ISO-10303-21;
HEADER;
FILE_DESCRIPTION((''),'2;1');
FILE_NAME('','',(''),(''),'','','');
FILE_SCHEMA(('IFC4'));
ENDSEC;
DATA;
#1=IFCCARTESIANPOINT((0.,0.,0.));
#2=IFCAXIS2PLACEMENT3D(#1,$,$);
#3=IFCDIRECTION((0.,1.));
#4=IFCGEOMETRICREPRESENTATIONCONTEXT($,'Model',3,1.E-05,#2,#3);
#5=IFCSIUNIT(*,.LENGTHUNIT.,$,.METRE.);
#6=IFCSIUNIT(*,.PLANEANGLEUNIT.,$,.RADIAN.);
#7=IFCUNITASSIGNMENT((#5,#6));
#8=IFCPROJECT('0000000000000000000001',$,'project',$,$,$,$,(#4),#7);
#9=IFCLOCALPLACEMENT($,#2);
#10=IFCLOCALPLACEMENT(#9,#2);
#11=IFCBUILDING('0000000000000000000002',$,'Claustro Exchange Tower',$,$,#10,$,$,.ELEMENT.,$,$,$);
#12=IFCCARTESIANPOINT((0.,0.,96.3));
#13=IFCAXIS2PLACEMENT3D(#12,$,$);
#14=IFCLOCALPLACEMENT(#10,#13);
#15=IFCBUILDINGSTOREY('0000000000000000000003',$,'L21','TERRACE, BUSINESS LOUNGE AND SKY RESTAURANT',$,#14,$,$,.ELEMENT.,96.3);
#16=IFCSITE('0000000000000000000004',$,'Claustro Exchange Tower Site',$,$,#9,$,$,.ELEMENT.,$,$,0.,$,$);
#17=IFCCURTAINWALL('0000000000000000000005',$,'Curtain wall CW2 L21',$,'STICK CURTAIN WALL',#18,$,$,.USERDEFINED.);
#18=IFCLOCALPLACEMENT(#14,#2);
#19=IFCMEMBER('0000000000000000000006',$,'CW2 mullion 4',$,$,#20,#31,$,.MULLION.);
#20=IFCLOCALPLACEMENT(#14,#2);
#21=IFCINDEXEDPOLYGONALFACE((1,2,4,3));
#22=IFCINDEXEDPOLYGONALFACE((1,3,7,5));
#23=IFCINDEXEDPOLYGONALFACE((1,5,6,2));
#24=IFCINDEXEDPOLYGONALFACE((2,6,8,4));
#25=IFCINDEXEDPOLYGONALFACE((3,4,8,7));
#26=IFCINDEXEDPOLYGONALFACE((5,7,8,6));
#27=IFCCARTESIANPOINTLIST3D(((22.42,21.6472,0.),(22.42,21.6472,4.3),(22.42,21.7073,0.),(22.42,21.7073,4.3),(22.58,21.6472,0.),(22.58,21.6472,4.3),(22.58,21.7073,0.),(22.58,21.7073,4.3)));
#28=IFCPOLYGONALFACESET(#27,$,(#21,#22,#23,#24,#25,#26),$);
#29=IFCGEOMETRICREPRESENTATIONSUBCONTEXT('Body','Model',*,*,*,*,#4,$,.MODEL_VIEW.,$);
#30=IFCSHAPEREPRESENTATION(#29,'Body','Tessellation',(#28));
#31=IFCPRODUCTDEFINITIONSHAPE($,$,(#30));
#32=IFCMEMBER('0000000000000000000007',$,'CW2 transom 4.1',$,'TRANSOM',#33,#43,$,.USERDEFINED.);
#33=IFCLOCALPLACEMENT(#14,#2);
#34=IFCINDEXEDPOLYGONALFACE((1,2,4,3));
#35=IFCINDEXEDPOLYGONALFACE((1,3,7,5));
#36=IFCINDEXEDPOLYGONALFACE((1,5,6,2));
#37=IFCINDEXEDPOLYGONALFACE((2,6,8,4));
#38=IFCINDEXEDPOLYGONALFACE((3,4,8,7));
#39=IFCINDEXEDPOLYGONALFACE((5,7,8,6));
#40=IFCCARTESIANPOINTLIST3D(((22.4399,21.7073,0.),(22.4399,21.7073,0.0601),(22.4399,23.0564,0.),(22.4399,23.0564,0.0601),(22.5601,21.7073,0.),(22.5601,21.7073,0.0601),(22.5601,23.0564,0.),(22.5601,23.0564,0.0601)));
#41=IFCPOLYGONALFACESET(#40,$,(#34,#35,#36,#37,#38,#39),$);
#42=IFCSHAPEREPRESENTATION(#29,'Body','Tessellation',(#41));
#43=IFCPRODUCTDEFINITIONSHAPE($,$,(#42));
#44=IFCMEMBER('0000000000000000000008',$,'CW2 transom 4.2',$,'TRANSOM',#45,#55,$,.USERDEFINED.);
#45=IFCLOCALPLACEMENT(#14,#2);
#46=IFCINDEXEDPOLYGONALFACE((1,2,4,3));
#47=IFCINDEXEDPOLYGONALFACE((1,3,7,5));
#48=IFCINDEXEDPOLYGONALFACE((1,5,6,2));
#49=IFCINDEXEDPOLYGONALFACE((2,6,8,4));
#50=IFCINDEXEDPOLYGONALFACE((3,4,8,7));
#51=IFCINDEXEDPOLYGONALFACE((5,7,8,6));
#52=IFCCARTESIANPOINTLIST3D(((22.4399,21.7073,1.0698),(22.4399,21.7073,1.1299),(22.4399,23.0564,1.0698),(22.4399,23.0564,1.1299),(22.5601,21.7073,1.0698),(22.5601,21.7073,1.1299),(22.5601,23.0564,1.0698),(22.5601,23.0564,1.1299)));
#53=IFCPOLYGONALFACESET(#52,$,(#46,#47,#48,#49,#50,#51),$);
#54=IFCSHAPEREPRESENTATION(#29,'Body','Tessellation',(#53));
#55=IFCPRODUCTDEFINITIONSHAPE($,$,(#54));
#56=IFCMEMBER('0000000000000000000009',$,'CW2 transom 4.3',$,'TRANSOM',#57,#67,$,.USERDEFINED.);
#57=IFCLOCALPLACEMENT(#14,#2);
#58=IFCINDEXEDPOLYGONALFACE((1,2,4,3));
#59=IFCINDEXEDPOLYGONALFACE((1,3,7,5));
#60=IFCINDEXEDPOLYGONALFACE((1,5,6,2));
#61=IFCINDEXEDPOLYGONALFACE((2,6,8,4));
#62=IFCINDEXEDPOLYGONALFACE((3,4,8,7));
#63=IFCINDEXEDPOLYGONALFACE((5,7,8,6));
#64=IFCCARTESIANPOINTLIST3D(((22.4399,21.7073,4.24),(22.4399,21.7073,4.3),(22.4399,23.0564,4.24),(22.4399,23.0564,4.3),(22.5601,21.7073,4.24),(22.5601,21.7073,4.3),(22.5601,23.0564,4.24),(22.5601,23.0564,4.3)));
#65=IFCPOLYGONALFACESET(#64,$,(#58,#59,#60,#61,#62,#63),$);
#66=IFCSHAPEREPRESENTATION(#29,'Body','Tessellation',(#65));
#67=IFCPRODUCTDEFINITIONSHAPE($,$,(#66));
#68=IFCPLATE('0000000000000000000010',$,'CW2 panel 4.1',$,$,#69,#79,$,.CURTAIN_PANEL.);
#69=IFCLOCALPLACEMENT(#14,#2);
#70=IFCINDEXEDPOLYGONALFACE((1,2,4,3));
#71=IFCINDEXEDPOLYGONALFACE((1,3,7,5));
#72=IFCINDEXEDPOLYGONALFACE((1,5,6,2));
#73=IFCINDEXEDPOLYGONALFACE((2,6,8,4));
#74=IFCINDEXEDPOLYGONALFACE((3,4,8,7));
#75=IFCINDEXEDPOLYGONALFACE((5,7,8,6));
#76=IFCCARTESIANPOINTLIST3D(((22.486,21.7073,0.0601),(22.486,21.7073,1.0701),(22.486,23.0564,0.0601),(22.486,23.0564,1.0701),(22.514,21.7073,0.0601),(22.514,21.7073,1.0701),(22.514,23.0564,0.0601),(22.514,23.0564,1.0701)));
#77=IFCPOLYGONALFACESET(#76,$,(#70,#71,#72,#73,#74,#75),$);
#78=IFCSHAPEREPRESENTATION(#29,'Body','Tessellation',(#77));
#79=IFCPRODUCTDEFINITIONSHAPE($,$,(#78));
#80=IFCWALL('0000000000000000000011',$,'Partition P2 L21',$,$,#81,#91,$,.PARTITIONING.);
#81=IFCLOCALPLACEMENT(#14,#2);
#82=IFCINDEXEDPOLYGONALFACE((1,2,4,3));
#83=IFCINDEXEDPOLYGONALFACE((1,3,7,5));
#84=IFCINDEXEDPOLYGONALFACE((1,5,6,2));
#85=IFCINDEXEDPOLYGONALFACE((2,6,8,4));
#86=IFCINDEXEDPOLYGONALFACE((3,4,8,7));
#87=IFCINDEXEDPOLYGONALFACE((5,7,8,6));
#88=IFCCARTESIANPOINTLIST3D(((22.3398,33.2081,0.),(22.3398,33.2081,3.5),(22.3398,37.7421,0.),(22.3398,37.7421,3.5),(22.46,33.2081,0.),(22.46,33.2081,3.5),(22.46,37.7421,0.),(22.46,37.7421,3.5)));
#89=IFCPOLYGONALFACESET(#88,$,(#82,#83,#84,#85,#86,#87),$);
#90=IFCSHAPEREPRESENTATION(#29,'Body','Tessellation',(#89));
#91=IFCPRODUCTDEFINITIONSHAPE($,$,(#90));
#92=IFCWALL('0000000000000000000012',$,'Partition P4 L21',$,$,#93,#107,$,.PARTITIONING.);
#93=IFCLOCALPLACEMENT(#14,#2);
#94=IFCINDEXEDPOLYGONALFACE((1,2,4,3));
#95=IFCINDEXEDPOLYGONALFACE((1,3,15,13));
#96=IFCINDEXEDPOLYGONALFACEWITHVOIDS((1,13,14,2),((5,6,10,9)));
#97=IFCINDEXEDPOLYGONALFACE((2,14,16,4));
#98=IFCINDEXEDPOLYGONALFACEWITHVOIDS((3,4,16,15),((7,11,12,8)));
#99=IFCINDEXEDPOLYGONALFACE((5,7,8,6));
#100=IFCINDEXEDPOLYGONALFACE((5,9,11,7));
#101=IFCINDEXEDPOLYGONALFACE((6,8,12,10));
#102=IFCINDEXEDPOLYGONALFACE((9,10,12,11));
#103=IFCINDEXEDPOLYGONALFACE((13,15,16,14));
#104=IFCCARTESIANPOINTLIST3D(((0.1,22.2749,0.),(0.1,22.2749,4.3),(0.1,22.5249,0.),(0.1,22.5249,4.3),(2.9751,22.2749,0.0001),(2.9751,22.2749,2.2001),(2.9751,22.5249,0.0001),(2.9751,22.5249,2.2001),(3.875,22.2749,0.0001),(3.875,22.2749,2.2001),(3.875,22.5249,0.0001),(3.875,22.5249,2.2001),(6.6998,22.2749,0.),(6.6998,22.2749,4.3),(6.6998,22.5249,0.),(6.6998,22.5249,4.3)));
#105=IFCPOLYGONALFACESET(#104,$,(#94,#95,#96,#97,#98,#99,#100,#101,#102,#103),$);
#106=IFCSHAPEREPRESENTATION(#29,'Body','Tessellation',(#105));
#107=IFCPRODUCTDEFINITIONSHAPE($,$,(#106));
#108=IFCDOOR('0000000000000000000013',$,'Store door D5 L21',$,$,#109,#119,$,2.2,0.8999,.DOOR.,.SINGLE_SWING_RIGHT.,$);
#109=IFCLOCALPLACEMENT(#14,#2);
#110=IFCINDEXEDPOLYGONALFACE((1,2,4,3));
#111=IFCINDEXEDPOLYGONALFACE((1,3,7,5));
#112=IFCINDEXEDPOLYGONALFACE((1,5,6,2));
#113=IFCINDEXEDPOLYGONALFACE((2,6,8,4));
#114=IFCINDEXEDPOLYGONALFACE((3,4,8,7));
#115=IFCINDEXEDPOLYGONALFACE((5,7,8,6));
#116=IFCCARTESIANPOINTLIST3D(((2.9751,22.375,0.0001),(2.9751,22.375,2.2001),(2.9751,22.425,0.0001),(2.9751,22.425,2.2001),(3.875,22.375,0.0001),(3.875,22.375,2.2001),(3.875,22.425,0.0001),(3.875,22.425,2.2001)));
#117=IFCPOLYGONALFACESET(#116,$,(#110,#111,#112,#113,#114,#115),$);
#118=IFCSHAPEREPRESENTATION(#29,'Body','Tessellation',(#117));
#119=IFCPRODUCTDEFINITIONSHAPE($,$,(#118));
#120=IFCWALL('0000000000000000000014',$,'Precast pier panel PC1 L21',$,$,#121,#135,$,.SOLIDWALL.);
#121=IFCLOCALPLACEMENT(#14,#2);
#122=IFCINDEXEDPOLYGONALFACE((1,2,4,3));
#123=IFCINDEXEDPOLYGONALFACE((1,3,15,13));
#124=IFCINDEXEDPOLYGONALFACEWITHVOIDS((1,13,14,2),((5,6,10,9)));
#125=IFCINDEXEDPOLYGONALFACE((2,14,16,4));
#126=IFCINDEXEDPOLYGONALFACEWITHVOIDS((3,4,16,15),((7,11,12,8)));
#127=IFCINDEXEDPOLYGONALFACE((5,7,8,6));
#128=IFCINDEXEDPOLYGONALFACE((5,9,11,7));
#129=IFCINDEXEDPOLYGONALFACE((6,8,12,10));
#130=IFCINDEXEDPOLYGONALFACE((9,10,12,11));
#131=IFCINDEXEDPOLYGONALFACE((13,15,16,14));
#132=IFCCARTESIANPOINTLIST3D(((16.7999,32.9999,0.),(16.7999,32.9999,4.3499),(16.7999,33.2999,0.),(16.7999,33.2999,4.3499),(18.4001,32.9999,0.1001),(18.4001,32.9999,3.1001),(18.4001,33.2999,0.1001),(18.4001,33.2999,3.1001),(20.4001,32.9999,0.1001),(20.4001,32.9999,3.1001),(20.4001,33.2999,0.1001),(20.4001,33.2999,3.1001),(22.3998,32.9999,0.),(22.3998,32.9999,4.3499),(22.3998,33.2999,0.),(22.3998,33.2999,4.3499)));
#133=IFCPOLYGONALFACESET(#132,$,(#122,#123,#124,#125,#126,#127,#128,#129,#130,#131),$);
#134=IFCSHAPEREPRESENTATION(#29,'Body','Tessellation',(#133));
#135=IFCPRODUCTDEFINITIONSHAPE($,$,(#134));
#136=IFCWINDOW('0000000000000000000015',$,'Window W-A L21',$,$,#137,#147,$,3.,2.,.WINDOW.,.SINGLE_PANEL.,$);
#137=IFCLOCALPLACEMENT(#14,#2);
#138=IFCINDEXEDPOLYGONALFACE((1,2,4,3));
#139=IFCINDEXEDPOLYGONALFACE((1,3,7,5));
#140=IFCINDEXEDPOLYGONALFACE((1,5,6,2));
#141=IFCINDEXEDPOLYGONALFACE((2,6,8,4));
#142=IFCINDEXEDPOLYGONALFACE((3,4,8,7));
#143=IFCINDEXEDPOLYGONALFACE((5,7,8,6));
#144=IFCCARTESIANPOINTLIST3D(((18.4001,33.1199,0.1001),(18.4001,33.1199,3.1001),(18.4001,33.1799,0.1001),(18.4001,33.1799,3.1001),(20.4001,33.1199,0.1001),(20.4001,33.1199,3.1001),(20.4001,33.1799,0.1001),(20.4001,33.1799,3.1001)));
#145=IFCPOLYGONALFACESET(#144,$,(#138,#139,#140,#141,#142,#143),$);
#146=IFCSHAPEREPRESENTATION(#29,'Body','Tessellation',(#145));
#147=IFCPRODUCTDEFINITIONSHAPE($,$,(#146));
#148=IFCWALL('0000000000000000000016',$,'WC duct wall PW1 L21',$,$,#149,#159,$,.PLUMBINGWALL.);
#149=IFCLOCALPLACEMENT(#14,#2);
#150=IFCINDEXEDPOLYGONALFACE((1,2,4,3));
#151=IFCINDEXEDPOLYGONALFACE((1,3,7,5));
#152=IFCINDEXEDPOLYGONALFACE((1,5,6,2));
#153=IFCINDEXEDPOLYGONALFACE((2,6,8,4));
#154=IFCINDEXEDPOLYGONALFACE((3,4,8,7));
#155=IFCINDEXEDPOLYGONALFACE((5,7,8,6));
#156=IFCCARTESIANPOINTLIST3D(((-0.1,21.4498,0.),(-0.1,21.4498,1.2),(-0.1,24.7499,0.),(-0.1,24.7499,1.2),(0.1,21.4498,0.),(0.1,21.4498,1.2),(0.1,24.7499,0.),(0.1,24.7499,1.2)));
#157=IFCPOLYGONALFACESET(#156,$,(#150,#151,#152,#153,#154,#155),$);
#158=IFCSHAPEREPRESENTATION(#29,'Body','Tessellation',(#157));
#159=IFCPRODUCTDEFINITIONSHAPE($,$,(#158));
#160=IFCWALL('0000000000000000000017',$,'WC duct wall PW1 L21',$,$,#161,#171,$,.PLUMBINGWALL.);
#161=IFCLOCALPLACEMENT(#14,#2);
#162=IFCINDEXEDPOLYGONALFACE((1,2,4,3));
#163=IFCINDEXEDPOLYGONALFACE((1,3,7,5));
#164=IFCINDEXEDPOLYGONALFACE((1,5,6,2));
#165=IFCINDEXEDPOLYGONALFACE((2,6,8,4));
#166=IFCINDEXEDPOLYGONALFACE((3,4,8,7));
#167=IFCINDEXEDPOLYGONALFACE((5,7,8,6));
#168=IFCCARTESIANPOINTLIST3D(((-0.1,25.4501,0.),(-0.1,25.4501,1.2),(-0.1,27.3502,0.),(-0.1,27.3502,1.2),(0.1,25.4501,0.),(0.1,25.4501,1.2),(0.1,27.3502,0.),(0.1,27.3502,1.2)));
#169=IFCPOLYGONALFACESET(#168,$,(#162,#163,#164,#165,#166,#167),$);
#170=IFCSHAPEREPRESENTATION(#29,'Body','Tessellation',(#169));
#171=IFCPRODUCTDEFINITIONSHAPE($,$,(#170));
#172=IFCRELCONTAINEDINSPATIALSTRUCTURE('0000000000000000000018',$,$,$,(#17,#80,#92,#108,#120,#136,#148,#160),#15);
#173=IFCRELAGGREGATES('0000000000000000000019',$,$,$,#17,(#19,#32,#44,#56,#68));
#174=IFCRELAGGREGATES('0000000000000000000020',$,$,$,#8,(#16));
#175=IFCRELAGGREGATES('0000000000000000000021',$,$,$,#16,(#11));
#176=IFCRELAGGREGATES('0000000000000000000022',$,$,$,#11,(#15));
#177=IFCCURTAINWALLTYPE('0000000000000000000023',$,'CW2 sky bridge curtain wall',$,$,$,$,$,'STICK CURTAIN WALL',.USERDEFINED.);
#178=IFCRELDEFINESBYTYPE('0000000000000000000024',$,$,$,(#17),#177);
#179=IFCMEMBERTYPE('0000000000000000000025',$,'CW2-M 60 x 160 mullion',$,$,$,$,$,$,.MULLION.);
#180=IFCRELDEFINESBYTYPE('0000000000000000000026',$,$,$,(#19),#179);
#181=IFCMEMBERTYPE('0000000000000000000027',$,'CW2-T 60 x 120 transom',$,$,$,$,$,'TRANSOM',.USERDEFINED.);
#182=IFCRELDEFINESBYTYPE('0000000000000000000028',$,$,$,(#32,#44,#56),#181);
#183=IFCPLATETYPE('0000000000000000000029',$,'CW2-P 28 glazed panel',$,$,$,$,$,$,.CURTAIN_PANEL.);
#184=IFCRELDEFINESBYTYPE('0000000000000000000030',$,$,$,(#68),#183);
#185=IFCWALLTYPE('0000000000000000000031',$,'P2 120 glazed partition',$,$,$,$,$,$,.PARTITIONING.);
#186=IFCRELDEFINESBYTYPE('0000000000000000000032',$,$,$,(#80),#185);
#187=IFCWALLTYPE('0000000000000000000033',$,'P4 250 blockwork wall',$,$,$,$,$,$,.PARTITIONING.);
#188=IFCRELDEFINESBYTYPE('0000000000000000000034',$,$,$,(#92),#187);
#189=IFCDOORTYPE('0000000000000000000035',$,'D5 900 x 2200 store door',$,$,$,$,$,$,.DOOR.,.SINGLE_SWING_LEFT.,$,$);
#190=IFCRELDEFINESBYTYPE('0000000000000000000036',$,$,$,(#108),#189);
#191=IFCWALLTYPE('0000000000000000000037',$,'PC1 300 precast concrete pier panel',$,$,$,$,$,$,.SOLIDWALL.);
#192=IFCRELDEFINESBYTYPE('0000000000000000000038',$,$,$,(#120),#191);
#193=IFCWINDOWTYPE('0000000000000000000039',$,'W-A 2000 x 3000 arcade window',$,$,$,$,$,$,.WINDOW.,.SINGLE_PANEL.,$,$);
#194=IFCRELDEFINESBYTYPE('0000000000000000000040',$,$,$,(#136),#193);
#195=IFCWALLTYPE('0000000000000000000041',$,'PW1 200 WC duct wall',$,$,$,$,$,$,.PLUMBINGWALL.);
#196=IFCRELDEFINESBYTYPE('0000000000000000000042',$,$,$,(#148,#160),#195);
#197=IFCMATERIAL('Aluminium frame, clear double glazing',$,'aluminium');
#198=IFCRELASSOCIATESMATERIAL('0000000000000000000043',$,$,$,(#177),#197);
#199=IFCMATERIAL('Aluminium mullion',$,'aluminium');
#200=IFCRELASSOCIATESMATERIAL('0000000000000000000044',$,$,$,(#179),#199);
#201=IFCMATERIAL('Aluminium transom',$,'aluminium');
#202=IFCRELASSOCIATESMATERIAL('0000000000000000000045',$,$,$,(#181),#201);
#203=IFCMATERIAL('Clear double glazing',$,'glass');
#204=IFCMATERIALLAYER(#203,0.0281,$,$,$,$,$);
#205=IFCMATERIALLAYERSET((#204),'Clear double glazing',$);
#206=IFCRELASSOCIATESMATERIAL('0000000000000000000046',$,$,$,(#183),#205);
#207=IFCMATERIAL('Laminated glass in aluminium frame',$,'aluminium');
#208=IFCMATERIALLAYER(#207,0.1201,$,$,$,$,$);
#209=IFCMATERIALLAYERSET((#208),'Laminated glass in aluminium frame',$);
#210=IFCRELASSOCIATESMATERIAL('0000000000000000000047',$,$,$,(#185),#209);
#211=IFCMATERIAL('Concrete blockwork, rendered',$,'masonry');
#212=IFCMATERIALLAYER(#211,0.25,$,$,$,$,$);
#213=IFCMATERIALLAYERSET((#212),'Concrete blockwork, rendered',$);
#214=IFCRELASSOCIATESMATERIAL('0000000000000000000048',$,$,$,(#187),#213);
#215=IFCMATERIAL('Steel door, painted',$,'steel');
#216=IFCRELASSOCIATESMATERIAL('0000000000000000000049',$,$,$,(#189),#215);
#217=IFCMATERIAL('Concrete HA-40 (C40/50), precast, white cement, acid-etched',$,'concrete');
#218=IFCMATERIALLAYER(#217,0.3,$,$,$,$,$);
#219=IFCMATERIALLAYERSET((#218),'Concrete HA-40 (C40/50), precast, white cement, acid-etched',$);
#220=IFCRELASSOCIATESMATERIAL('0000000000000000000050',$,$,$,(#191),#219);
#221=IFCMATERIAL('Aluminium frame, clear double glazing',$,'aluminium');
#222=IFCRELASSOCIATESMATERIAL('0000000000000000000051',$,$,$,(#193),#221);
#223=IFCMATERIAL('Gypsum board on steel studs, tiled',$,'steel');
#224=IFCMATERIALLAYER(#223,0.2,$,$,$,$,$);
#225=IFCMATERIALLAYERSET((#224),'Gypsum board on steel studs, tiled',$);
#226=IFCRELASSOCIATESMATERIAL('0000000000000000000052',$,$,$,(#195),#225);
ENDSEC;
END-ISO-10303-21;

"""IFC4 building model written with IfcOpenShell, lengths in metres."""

from ifc_helpers import new_model, si_unit, direction, frame, frame_2d, origin, origin_2d, place, context, subcontext, project, spatial, rectangle, extrude, material, layer, layer_set, material_profile, profile_set, type_object, element, fill, aggregate, save


model = new_model("IFC4")

# Units and contexts
model_context = context("Model", 3, precision=1e-05, world=origin(), true_north=direction((0.0, 1.0)))
body_context = subcontext(model_context, "Body", "Model", "MODEL_VIEW")
ifc_project = project(units=[si_unit("LENGTHUNIT", "METRE"), si_unit("PLANEANGLEUNIT", "RADIAN")], contexts=[model_context])

# Site, building, storey
site_placement = place(None, origin())
site = spatial("IfcSite", under=ifc_project, at=site_placement, Name="Claustro Exchange Tower Site", CompositionType="ELEMENT", RefElevation=0.0)
building_placement = place(site_placement, origin())
building = spatial("IfcBuilding", under=site, at=building_placement, Name="Claustro Exchange Tower", CompositionType="ELEMENT")
storey_placement = place(building_placement, frame((0.0, 0.0, 96.3)))
storey = spatial("IfcBuildingStorey", under=building, at=storey_placement, Name="L21", Description="TERRACE, BUSINESS LOUNGE AND SKY RESTAURANT", CompositionType="ELEMENT", Elevation=96.3)

# Curtain wall, members, plate
ifc_material_1 = material(Name="Aluminium frame, clear double glazing", Category="aluminium")
curtain_wall_type = type_object("IfcCurtainWallType", Name="CW2 sky bridge curtain wall", ElementType="STICK CURTAIN WALL", PredefinedType="USERDEFINED", material=ifc_material_1)
curtain_wall_placement = place(storey_placement, origin())
curtain_wall = element("IfcCurtainWall", 1, at=curtain_wall_placement, inside=storey, type_object=curtain_wall_type, Name="Curtain wall CW2 L21", ObjectType="STICK CURTAIN WALL", PredefinedType="USERDEFINED")
ifc_material_2 = material(Name="Aluminium mullion", Category="aluminium")
ifc_material_profile_1 = material_profile(ifc_material_2, rectangle(XDim=0.1599, YDim=0.0601, at=origin_2d()), Name="CW2-M 60x160")
ifc_profile_set_1 = profile_set([ifc_material_profile_1], Name="Aluminium mullion")
member_type_1 = type_object("IfcMemberType", Name="CW2-M 60 x 160 mullion", PredefinedType="MULLION", material=ifc_profile_set_1)
member_1_placement = place(storey_placement, frame((22.5, 21.6772, 0.0), z_axis=(0.0, 0.0, 1.0), x_axis=(-1.0, 0.0, 0.0)))
member_1 = element("IfcMember", 2, at=member_1_placement, type_object=member_type_1, Name="CW2 mullion 4", PredefinedType="MULLION", context=body_context, shape_type="SweptSolid", body=[
    extrude(rectangle(XDim=0.1599, YDim=0.0601, at=origin_2d()), origin(), (0.0, 0.0, 1.0), 4.3),
])
ifc_material_3 = material(Name="Aluminium transom", Category="aluminium")
ifc_material_profile_2 = material_profile(ifc_material_3, rectangle(XDim=0.1201, YDim=0.0601, at=origin_2d()), Name="CW2-T 60x120")
ifc_profile_set_2 = profile_set([ifc_material_profile_2], Name="Aluminium transom")
member_type_2 = type_object("IfcMemberType", Name="CW2-T 60 x 120 transom", ElementType="TRANSOM", PredefinedType="USERDEFINED", material=ifc_profile_set_2)
member_2_placement = place(storey_placement, frame((22.5, 21.7073, 0.03), z_axis=(0.0, 1.0, 0.0), x_axis=(-1.0, 0.0, 0.0)))
member_2 = element("IfcMember", 3, at=member_2_placement, type_object=member_type_2, Name="CW2 transom 4.1", ObjectType="TRANSOM", PredefinedType="USERDEFINED", context=body_context, shape_type="SweptSolid", body=[
    extrude(rectangle(XDim=0.1201, YDim=0.0601, at=origin_2d()), origin(), (0.0, 0.0, 1.0), 1.3491),
])
member_3_placement = place(storey_placement, frame((22.5, 21.7073, 1.0999), z_axis=(0.0, 1.0, 0.0), x_axis=(-1.0, 0.0, 0.0)))
member_3 = element("IfcMember", 4, at=member_3_placement, type_object=member_type_2, Name="CW2 transom 4.2", ObjectType="TRANSOM", PredefinedType="USERDEFINED", context=body_context, shape_type="SweptSolid", body=[
    extrude(rectangle(XDim=0.1201, YDim=0.0601, at=origin_2d()), origin(), (0.0, 0.0, 1.0), 1.3491),
])
member_4_placement = place(storey_placement, frame((22.5, 21.7073, 4.27), z_axis=(0.0, 1.0, 0.0), x_axis=(-1.0, 0.0, 0.0)))
member_4 = element("IfcMember", 5, at=member_4_placement, type_object=member_type_2, Name="CW2 transom 4.3", ObjectType="TRANSOM", PredefinedType="USERDEFINED", context=body_context, shape_type="SweptSolid", body=[
    extrude(rectangle(XDim=0.1201, YDim=0.0601, at=origin_2d()), origin(), (0.0, 0.0, 1.0), 1.3491),
])
ifc_material_4 = material(Name="Clear double glazing", Category="glass")
ifc_layer_1 = layer(ifc_material_4, 0.0281)
ifc_layer_set_1 = layer_set([ifc_layer_1], Name="Clear double glazing")
plate_type = type_object("IfcPlateType", Name="CW2-P 28 glazed panel", PredefinedType="CURTAIN_PANEL", material=ifc_layer_set_1)
plate_placement = place(storey_placement, frame((22.5, 22.3818, 0.0601), z_axis=(0.0, 0.0, 1.0), x_axis=(0.0, 1.0, 0.0)))
plate = element("IfcPlate", 6, at=plate_placement, type_object=plate_type, Name="CW2 panel 4.1", PredefinedType="CURTAIN_PANEL", context=body_context, shape_type="SweptSolid", body=[
    extrude(rectangle(XDim=1.3491, YDim=0.0281, at=origin_2d()), origin(), (0.0, 0.0, 1.0), 1.01),
])
aggregate(curtain_wall, [member_1, member_2, member_3, member_4, plate])

# Wall
ifc_material_5 = material(Name="Laminated glass in aluminium frame", Category="aluminium")
ifc_layer_2 = layer(ifc_material_5, 0.1201)
ifc_layer_set_2 = layer_set([ifc_layer_2], Name="Laminated glass in aluminium frame")
wall_type_1 = type_object("IfcWallType", Name="P2 120 glazed partition", PredefinedType="PARTITIONING", material=ifc_layer_set_2)
wall_1_placement = place(storey_placement, frame((22.3999, 33.208, 0.0), z_axis=(0.0, 0.0, 1.0), x_axis=(0.0, 1.0, 0.0)))
element("IfcWall", 7, at=wall_1_placement, inside=storey, type_object=wall_type_1, Name="Partition P2 L21", PredefinedType="PARTITIONING", context=body_context, shape_type="SweptSolid", body=[
    extrude(rectangle(XDim=4.5339, YDim=0.1201, at=frame_2d((2.2671, 0.0))), origin(), (0.0, 0.0, 1.0), 3.5),
])

# Wall, opening, door
ifc_material_6 = material(Name="Concrete blockwork, rendered", Category="masonry")
ifc_layer_3 = layer(ifc_material_6, 0.25)
ifc_layer_set_3 = layer_set([ifc_layer_3], Name="Concrete blockwork, rendered")
wall_type_2 = type_object("IfcWallType", Name="P4 250 blockwork wall", PredefinedType="PARTITIONING", material=ifc_layer_set_3)
wall_2_placement = place(storey_placement, frame((0.1001, 22.3999, 0.0), z_axis=(0.0, 0.0, 1.0), x_axis=(1.0, 0.0, 0.0)))
wall_2 = element("IfcWall", 8, at=wall_2_placement, inside=storey, type_object=wall_type_2, Name="Partition P4 L21", PredefinedType="PARTITIONING", context=body_context, shape_type="SweptSolid", body=[
    extrude(rectangle(XDim=6.5999, YDim=0.25, at=frame_2d((3.2998, 0.0))), origin(), (0.0, 0.0, 1.0), 4.3),
])
opening_1_placement = place(wall_2_placement, frame((2.875, 0.0, 0.0)))
opening_1 = element("IfcOpeningElement", 9, at=opening_1_placement, cuts=wall_2, PredefinedType="OPENING", context=body_context, shape_type="SweptSolid", body=[
    extrude(rectangle(XDim=0.8999, YDim=2.2, at=frame_2d((0.45, 1.1001))), frame((0.0, 0.135, 0.0), z_axis=(0.0, -1.0, 0.0), x_axis=(1.0, 0.0, 0.0)), (0.0, 0.0, 1.0), 0.27),
])
ifc_material_7 = material(Name="Steel door, painted", Category="steel")
door_type_1 = type_object("IfcDoorType", Name="D5 900 x 2200 store door", OperationType="SINGLE_SWING_LEFT", PredefinedType="DOOR", material=ifc_material_7)
door_1_placement = place(opening_1_placement, frame((0.8999, 0.0, 0.0), z_axis=(0.0, 0.0, 1.0), x_axis=(-1.0, 0.0, 0.0)))
door_1 = element("IfcDoor", 10, at=door_1_placement, inside=storey, type_object=door_type_1, Name="Store door D5 L21", OperationType="SINGLE_SWING_RIGHT", OverallHeight=2.2, OverallWidth=0.8999, PredefinedType="DOOR", context=body_context, shape_type="SweptSolid", body=[
    extrude(rectangle(XDim=0.8999, YDim=2.2, at=frame_2d((0.45, 1.1001))), frame((0.0, 0.0249, 0.0), z_axis=(0.0, -1.0, 0.0), x_axis=(1.0, 0.0, 0.0)), (0.0, 0.0, 1.0), 0.05),
])
fill(opening_1, door_1)

# Wall, opening, window
ifc_material_8 = material(Name="Concrete HA-40 (C40/50), precast, white cement, acid-etched", Category="concrete")
ifc_layer_4 = layer(ifc_material_8, 0.3)
ifc_layer_set_4 = layer_set([ifc_layer_4], Name="Concrete HA-40 (C40/50), precast, white cement, acid-etched")
wall_type_3 = type_object("IfcWallType", Name="PC1 300 precast concrete pier panel", PredefinedType="SOLIDWALL", material=ifc_layer_set_4)
wall_3_placement = place(storey_placement, frame((16.8, 33.1499, 0.0), z_axis=(0.0, 0.0, 1.0), x_axis=(1.0, 0.0, 0.0)))
wall_3 = element("IfcWall", 11, at=wall_3_placement, inside=storey, type_object=wall_type_3, Name="Precast pier panel PC1 L21", PredefinedType="SOLIDWALL", context=body_context, shape_type="SweptSolid", body=[
    extrude(rectangle(XDim=5.5999, YDim=0.3, at=frame_2d((2.7998, 0.0))), origin(), (0.0, 0.0, 1.0), 4.3499),
])
opening_2_placement = place(wall_3_placement, frame((1.6001, 0.0, 0.1001)))
opening_2 = element("IfcOpeningElement", 12, at=opening_2_placement, cuts=wall_3, PredefinedType="OPENING", context=body_context, shape_type="SweptSolid", body=[
    extrude(rectangle(XDim=2.0, YDim=3.0, at=frame_2d((1.0, 1.5))), frame((0.0, 0.1599, 0.0), z_axis=(0.0, -1.0, 0.0), x_axis=(1.0, 0.0, 0.0)), (0.0, 0.0, 1.0), 0.3201),
])
ifc_material_9 = material(Name="Aluminium frame, clear double glazing", Category="aluminium")
window_type = type_object("IfcWindowType", Name="W-A 2000 x 3000 arcade window", PartitioningType="SINGLE_PANEL", PredefinedType="WINDOW", material=ifc_material_9)
window_placement = place(opening_2_placement, origin())
window = element("IfcWindow", 13, at=window_placement, inside=storey, type_object=window_type, Name="Window W-A L21", OverallHeight=3.0, OverallWidth=2.0, PartitioningType="SINGLE_PANEL", PredefinedType="WINDOW", context=body_context, shape_type="SweptSolid", body=[
    extrude(rectangle(XDim=2.0, YDim=3.0, at=frame_2d((1.0, 1.5))), frame((0.0, 0.03, 0.0), z_axis=(0.0, -1.0, 0.0), x_axis=(1.0, 0.0, 0.0)), (0.0, 0.0, 1.0), 0.0601),
])
fill(opening_2, window)

# Walls
ifc_material_10 = material(Name="Gypsum board on steel studs, tiled", Category="steel")
ifc_layer_5 = layer(ifc_material_10, 0.2)
ifc_layer_set_5 = layer_set([ifc_layer_5], Name="Gypsum board on steel studs, tiled")
wall_type_4 = type_object("IfcWallType", Name="PW1 200 WC duct wall", PredefinedType="PLUMBINGWALL", material=ifc_layer_set_5)
wall_4_placement = place(storey_placement, frame((0.0, 21.45, 0.0), z_axis=(0.0, 0.0, 1.0), x_axis=(0.0, 1.0, 0.0)))
element("IfcWall", 14, at=wall_4_placement, inside=storey, type_object=wall_type_4, Name="WC duct wall PW1 L21", PredefinedType="PLUMBINGWALL", context=body_context, shape_type="SweptSolid", body=[
    extrude(rectangle(XDim=3.3, YDim=0.2, at=frame_2d((1.6499, 0.0))), origin(), (0.0, 0.0, 1.0), 1.2),
])
wall_5_placement = place(storey_placement, frame((0.0, 25.45, 0.0), z_axis=(0.0, 0.0, 1.0), x_axis=(0.0, 1.0, 0.0)))
element("IfcWall", 15, at=wall_5_placement, inside=storey, type_object=wall_type_4, Name="WC duct wall PW1 L21", PredefinedType="PLUMBINGWALL", context=body_context, shape_type="SweptSolid", body=[
    extrude(rectangle(XDim=1.9001, YDim=0.2, at=frame_2d((0.9502, 0.0))), origin(), (0.0, 0.0, 1.0), 1.2),
])

save(model, "model.ifc")
